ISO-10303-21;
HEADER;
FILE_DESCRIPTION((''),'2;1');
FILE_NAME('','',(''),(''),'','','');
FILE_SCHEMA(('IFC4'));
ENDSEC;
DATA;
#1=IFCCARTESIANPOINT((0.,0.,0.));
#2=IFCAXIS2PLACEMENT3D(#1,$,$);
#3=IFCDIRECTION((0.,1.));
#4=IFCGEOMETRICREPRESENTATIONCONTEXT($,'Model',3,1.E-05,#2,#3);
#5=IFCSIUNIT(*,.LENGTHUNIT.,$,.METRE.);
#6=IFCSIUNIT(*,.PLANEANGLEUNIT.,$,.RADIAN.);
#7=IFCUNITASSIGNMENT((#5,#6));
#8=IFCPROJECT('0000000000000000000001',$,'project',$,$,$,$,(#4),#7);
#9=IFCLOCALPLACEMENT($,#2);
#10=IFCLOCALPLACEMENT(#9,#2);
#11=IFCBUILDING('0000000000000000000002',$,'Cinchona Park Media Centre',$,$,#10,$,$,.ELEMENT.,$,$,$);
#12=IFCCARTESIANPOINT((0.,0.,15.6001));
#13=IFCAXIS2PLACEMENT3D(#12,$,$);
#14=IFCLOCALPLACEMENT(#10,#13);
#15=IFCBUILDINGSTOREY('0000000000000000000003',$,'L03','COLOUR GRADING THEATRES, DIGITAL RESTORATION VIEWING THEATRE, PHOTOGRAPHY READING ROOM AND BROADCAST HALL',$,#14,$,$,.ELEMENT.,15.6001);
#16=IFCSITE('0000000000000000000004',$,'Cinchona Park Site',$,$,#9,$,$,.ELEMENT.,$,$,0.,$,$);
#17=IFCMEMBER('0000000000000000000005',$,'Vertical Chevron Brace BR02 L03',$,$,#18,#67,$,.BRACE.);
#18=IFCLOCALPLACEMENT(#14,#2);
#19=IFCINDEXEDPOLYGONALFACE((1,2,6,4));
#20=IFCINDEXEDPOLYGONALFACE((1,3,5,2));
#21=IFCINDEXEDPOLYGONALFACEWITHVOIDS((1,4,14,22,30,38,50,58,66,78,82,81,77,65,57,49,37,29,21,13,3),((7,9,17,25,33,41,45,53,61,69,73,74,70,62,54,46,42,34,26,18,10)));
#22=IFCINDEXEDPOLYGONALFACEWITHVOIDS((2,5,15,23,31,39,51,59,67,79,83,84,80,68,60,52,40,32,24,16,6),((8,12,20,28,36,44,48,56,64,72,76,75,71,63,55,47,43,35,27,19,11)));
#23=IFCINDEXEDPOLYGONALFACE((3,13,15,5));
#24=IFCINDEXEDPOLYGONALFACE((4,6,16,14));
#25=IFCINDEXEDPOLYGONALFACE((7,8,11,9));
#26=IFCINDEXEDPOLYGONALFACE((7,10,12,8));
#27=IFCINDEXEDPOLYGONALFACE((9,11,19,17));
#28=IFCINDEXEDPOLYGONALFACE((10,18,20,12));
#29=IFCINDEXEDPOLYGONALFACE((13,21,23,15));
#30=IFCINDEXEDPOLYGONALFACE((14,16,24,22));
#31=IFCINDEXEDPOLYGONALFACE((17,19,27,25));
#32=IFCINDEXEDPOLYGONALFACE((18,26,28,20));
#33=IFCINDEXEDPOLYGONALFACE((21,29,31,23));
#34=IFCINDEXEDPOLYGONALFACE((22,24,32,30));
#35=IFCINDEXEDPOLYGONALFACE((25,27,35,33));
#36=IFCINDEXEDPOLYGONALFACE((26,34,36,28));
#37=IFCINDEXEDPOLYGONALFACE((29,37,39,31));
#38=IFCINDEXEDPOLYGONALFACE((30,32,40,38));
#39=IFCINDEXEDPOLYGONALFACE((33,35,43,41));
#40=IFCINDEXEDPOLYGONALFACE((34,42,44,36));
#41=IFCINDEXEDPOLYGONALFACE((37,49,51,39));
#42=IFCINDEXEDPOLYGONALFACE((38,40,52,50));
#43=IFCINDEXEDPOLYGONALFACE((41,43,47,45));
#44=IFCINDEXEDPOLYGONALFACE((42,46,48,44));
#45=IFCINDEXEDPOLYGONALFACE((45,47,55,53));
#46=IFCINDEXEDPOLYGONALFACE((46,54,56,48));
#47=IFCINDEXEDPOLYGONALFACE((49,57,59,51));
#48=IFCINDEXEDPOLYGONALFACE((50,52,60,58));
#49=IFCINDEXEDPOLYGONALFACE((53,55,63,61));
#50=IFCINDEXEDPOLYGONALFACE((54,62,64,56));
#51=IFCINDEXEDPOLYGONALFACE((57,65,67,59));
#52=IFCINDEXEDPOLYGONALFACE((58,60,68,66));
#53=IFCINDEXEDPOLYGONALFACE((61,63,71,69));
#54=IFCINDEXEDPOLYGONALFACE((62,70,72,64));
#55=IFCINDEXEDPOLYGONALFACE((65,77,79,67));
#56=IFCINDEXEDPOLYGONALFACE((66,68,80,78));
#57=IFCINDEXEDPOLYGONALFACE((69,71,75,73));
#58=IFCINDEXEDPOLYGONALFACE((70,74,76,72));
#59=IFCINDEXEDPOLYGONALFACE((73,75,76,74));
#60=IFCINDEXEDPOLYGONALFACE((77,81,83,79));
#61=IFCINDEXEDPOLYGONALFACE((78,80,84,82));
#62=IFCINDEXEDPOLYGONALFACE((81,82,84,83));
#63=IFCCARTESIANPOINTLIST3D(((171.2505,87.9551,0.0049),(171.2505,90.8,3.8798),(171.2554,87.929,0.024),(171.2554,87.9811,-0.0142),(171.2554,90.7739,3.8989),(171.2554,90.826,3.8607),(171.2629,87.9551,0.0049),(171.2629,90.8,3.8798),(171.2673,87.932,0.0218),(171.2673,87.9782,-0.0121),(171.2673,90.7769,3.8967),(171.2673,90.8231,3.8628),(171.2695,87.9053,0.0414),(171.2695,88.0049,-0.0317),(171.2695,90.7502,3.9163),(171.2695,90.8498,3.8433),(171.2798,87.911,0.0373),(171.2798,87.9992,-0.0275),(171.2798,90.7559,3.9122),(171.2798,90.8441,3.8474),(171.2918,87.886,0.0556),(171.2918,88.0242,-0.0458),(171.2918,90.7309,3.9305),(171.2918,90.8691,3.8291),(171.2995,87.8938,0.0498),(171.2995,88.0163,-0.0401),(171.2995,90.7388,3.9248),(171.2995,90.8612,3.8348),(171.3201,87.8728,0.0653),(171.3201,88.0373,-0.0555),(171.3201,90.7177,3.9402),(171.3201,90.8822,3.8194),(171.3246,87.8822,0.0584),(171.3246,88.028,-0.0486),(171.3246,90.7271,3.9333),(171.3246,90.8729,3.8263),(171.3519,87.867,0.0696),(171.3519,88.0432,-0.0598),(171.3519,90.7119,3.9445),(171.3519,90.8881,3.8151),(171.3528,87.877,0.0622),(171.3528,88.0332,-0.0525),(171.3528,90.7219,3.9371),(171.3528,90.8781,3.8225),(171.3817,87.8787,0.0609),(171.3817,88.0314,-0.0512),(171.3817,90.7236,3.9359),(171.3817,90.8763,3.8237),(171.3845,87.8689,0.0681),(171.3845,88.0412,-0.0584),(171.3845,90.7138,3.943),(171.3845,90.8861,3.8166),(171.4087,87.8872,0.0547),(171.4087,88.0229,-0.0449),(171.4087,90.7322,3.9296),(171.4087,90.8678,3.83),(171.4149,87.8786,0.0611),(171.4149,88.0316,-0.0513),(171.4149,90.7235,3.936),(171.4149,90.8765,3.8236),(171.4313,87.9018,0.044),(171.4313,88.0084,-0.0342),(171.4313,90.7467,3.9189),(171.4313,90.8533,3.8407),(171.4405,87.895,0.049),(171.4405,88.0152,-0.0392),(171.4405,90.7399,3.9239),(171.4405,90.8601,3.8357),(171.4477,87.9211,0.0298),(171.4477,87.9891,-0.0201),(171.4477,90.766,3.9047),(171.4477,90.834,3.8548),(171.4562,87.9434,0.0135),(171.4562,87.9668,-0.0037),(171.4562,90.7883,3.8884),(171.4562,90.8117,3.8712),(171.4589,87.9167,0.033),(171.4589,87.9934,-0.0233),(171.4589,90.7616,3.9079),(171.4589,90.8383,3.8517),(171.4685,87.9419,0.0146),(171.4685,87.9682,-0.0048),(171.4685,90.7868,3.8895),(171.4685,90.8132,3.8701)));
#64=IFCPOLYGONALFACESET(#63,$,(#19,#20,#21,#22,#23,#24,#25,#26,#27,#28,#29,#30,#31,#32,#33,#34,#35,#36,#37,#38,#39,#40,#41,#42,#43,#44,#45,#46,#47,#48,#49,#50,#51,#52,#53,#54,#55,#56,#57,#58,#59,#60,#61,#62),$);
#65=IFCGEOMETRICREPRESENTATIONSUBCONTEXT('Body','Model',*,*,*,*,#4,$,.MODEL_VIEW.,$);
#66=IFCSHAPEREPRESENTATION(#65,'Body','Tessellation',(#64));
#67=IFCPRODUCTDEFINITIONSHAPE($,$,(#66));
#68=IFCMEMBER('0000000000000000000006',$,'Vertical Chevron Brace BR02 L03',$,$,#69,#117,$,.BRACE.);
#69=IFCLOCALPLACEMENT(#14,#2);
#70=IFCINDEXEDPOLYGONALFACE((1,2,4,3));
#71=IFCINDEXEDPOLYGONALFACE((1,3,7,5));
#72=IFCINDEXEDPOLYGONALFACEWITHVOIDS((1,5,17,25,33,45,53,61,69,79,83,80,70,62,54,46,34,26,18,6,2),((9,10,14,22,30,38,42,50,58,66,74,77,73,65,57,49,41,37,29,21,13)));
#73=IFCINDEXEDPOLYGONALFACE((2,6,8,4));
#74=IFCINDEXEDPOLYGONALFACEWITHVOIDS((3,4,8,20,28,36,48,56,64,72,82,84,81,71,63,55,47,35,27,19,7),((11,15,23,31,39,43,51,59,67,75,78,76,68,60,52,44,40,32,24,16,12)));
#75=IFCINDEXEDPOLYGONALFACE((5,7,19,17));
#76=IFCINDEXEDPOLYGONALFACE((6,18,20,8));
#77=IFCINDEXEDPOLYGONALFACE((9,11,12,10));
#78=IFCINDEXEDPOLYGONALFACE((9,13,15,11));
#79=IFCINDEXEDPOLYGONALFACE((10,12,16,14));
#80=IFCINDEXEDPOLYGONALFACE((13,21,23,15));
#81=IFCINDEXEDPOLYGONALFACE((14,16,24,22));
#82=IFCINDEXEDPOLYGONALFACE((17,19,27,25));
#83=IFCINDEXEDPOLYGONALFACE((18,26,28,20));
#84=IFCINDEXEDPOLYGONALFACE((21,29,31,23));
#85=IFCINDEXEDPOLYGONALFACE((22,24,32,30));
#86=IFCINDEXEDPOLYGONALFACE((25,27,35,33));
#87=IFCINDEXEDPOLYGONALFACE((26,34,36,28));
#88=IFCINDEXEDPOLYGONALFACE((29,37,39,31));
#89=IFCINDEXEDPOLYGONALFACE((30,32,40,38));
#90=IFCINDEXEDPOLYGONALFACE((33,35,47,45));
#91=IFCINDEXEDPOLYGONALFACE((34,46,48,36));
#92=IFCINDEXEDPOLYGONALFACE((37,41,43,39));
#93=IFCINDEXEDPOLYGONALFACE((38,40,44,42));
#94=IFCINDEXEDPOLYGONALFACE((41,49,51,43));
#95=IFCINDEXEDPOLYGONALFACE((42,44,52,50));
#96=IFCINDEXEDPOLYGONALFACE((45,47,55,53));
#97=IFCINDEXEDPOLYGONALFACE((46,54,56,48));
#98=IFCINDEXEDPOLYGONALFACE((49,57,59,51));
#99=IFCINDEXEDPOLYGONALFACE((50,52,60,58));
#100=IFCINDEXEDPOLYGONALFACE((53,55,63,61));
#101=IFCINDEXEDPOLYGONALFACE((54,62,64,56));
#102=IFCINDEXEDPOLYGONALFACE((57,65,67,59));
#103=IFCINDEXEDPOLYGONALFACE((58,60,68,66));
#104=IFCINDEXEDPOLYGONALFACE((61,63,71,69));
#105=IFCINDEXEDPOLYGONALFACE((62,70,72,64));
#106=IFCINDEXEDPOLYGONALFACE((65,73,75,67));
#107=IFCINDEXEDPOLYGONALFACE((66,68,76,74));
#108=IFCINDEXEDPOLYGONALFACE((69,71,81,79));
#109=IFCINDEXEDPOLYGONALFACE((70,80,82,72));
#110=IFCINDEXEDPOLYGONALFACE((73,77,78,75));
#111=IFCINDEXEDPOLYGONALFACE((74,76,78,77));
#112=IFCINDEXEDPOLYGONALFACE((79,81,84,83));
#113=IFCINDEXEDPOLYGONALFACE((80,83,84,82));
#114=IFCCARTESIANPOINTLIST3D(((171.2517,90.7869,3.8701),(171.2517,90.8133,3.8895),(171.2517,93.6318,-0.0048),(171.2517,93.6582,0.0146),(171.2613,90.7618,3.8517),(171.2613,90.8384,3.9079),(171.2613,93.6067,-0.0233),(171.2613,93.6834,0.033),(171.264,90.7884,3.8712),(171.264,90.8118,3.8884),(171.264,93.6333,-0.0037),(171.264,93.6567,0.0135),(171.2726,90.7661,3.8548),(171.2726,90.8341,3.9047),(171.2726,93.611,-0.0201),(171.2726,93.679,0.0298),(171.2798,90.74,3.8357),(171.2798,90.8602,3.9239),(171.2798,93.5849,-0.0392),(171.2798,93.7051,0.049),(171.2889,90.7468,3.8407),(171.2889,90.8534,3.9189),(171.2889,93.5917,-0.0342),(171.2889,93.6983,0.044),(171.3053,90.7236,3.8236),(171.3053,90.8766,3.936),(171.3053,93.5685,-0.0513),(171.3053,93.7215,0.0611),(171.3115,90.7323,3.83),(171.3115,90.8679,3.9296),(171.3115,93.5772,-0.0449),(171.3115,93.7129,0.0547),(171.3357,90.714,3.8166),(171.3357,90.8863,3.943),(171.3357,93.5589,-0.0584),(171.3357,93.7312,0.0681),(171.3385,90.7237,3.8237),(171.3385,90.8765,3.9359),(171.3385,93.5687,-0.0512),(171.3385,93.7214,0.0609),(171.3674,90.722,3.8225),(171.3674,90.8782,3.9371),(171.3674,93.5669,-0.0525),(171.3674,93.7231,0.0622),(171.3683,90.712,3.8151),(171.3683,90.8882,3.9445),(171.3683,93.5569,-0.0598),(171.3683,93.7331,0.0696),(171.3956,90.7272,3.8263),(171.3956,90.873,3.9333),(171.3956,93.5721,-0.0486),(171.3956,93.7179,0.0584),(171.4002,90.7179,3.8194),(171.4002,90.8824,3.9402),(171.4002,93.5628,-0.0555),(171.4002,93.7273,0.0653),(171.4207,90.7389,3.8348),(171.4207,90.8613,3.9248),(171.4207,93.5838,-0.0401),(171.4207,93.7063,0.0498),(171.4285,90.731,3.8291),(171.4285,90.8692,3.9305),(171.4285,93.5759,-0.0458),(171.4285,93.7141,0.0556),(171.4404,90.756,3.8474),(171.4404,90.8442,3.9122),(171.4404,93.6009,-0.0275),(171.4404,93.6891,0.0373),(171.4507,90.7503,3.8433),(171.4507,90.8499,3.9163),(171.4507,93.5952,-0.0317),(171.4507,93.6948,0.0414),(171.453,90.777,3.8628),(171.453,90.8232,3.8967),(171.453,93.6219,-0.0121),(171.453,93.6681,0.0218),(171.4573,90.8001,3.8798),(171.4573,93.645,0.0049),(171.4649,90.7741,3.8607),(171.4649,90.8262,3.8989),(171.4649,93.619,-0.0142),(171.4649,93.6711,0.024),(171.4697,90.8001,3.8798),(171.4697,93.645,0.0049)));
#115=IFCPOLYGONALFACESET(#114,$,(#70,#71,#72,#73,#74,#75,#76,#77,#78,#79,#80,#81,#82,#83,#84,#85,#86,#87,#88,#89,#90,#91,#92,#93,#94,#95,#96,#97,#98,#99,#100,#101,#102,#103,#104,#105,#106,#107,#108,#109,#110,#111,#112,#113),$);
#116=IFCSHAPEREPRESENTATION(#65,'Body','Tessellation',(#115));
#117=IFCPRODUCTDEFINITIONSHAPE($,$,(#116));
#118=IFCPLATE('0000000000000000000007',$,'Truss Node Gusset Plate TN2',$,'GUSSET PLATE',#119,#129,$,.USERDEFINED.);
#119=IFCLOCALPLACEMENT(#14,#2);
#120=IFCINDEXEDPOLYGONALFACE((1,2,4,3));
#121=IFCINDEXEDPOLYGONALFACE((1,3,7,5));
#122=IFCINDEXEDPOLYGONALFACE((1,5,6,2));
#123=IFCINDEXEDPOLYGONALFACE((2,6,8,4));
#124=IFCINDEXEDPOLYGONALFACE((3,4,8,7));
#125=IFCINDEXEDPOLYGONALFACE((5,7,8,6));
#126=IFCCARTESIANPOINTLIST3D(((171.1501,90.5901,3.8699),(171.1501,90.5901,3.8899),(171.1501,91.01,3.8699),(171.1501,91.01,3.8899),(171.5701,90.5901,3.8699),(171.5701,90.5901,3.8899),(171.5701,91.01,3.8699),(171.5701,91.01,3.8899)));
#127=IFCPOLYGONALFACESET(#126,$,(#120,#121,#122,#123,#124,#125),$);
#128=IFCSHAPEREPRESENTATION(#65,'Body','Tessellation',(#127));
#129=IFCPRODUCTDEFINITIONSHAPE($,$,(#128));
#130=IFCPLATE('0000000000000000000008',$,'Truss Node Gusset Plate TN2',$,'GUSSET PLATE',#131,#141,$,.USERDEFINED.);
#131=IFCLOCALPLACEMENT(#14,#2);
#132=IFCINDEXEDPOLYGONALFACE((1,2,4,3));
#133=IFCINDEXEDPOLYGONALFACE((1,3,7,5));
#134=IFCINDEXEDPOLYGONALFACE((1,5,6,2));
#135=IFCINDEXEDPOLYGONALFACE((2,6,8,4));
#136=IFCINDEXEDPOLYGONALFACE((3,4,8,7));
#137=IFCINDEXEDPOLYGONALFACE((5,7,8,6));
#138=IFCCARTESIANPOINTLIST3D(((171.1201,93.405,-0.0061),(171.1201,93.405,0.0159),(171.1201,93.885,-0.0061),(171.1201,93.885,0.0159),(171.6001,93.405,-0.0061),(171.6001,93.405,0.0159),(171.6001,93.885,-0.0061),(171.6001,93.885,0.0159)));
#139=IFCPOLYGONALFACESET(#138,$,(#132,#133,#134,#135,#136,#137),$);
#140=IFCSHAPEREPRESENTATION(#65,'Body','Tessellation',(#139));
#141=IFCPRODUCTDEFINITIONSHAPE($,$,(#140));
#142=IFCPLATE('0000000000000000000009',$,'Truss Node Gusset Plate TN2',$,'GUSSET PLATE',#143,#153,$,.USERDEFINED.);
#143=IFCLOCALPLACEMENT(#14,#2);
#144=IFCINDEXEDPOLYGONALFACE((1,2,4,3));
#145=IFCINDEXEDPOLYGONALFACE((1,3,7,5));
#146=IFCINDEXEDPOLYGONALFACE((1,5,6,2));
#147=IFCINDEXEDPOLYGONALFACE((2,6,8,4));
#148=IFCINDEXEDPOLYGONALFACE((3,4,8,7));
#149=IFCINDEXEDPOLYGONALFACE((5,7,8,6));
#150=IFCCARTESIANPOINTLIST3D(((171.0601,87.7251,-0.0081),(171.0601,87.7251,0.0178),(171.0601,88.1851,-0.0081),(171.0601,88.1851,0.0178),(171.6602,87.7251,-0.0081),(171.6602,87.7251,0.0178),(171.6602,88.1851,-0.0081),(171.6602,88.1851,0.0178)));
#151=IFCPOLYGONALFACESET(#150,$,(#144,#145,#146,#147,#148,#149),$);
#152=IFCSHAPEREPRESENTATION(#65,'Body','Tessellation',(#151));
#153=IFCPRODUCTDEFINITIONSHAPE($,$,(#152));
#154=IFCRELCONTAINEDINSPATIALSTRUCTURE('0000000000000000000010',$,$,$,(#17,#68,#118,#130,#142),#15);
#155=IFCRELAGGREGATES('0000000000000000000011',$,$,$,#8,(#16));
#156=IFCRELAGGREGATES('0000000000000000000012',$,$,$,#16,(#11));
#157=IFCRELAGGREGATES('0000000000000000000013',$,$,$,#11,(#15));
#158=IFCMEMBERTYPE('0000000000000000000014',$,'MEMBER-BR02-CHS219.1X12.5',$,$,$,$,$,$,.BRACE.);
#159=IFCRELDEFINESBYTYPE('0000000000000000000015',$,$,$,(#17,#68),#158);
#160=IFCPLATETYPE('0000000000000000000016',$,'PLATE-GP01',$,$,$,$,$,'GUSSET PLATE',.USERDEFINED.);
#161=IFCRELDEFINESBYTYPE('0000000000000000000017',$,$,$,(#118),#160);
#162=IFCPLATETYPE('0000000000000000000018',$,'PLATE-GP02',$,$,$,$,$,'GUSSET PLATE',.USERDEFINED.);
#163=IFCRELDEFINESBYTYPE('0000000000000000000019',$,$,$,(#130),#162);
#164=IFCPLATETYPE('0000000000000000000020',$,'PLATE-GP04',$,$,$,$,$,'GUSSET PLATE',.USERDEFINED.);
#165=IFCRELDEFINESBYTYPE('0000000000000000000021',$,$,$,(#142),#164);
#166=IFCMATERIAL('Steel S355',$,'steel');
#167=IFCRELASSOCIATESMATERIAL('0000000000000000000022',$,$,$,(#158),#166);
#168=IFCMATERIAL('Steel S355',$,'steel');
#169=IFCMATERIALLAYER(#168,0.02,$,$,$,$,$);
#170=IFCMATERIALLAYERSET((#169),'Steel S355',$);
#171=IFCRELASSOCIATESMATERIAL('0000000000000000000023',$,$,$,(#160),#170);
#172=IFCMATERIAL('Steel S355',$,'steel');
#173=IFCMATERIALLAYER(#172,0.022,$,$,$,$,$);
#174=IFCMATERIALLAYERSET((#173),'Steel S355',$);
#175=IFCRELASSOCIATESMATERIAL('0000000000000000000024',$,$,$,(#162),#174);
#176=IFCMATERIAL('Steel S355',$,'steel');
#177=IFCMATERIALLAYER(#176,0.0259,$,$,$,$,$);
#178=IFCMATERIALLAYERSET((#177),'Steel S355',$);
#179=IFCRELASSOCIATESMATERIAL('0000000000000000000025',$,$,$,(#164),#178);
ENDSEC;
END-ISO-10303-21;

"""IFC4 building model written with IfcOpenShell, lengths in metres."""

from ifc_helpers import new_model, si_unit, direction, frame, origin, origin_2d, place, context, subcontext, project, spatial, rectangle, hollow_circle, extrude, material, layer, layer_set, material_profile, profile_set, type_object, element, save


model = new_model("IFC4")

# Units and contexts
model_context = context("Model", 3, precision=1e-05, world=origin(), true_north=direction((0.0, 1.0)))
body_context = subcontext(model_context, "Body", "Model", "MODEL_VIEW")
ifc_project = project(units=[si_unit("LENGTHUNIT", "METRE"), si_unit("PLANEANGLEUNIT", "RADIAN")], contexts=[model_context])

# Site, building, storey
site_placement = place(None, origin())
site = spatial("IfcSite", under=ifc_project, at=site_placement, Name="Cinchona Park Site", CompositionType="ELEMENT", RefElevation=0.0)
building_placement = place(site_placement, origin())
building = spatial("IfcBuilding", under=site, at=building_placement, Name="Cinchona Park Media Centre", CompositionType="ELEMENT")
storey_placement = place(building_placement, frame((0.0, 0.0, 15.6001)))
storey = spatial("IfcBuildingStorey", under=building, at=storey_placement, Name="L03", Description="COLOUR GRADING THEATRES, DIGITAL RESTORATION VIEWING THEATRE, PHOTOGRAPHY READING ROOM AND BROADCAST HALL", CompositionType="ELEMENT", Elevation=15.6001)

# Members
ifc_material_1 = material(Name="Steel S355", Category="steel")
ifc_material_profile_1 = material_profile(ifc_material_1, hollow_circle(Radius=0.1096, WallThickness=0.0125, at=origin_2d()), Name="219.1X12.5CHS")
ifc_profile_set_1 = profile_set([ifc_material_profile_1], Name="Steel S355")
member_type = type_object("IfcMemberType", Name="MEMBER-BR02-CHS219.1X12.5", PredefinedType="BRACE", material=ifc_profile_set_1)
for number, where, z_axis, x_axis, name in (
    (1, (171.3601, 87.9551, 0.0049), (0.0, 0.591811, 0.806077), (-1.0, 0.0, 0.0), "Vertical Chevron Brace BR02 L03"),
    (2, (171.3601, 93.645, 0.0049), (0.0, -0.591811, 0.806077), (1.0, 0.0, 0.0), "Vertical Chevron Brace BR02 L03"),
):
    element("IfcMember", number, at=place(storey_placement, frame(where, z_axis=z_axis, x_axis=x_axis)), inside=storey, type_object=member_type, Name=name, PredefinedType="BRACE", context=body_context, shape_type="SweptSolid", body=[
        extrude(hollow_circle(Radius=0.1096, WallThickness=0.0125, at=origin_2d()), origin(), (0.0, 0.0, 1.0), 4.8071),
    ])

# Plates
ifc_material_2 = material(Name="Steel S355", Category="steel")
ifc_layer_1 = layer(ifc_material_2, 0.02)
ifc_layer_set_1 = layer_set([ifc_layer_1], Name="Steel S355")
plate_type_1 = type_object("IfcPlateType", Name="PLATE-GP01", ElementType="GUSSET PLATE", PredefinedType="USERDEFINED", material=ifc_layer_set_1)
plate_1_placement = place(storey_placement, frame((171.3601, 90.8, 3.8699), z_axis=(0.0, 0.0, 1.0), x_axis=(1.0, 0.0, 0.0)))
element("IfcPlate", 3, at=plate_1_placement, inside=storey, type_object=plate_type_1, Name="Truss Node Gusset Plate TN2", ObjectType="GUSSET PLATE", PredefinedType="USERDEFINED", context=body_context, shape_type="SweptSolid", body=[
    extrude(rectangle(XDim=0.4199, YDim=0.4199, at=origin_2d()), origin(), (0.0, 0.0, 1.0), 0.02),
])
ifc_material_3 = material(Name="Steel S355", Category="steel")
ifc_layer_2 = layer(ifc_material_3, 0.022)
ifc_layer_set_2 = layer_set([ifc_layer_2], Name="Steel S355")
plate_type_2 = type_object("IfcPlateType", Name="PLATE-GP02", ElementType="GUSSET PLATE", PredefinedType="USERDEFINED", material=ifc_layer_set_2)
plate_2_placement = place(storey_placement, frame((171.3601, 93.645, -0.0061), z_axis=(0.0, 0.0, 1.0), x_axis=(1.0, 0.0, 0.0)))
element("IfcPlate", 4, at=plate_2_placement, inside=storey, type_object=plate_type_2, Name="Truss Node Gusset Plate TN2", ObjectType="GUSSET PLATE", PredefinedType="USERDEFINED", context=body_context, shape_type="SweptSolid", body=[
    extrude(rectangle(XDim=0.48, YDim=0.48, at=origin_2d()), origin(), (0.0, 0.0, 1.0), 0.022),
])
ifc_material_4 = material(Name="Steel S355", Category="steel")
ifc_layer_3 = layer(ifc_material_4, 0.0259)
ifc_layer_set_3 = layer_set([ifc_layer_3], Name="Steel S355")
plate_type_3 = type_object("IfcPlateType", Name="PLATE-GP04", ElementType="GUSSET PLATE", PredefinedType="USERDEFINED", material=ifc_layer_set_3)
plate_3_placement = place(storey_placement, frame((171.3601, 87.9551, -0.0081), z_axis=(0.0, 0.0, 1.0), x_axis=(1.0, 0.0, 0.0)))
element("IfcPlate", 5, at=plate_3_placement, inside=storey, type_object=plate_type_3, Name="Truss Node Gusset Plate TN2", ObjectType="GUSSET PLATE", PredefinedType="USERDEFINED", context=body_context, shape_type="SweptSolid", body=[
    extrude(rectangle(XDim=0.6001, YDim=0.46, at=origin_2d()), origin(), (0.0, 0.0, 1.0), 0.0259),
])

save(model, "model.ifc")
